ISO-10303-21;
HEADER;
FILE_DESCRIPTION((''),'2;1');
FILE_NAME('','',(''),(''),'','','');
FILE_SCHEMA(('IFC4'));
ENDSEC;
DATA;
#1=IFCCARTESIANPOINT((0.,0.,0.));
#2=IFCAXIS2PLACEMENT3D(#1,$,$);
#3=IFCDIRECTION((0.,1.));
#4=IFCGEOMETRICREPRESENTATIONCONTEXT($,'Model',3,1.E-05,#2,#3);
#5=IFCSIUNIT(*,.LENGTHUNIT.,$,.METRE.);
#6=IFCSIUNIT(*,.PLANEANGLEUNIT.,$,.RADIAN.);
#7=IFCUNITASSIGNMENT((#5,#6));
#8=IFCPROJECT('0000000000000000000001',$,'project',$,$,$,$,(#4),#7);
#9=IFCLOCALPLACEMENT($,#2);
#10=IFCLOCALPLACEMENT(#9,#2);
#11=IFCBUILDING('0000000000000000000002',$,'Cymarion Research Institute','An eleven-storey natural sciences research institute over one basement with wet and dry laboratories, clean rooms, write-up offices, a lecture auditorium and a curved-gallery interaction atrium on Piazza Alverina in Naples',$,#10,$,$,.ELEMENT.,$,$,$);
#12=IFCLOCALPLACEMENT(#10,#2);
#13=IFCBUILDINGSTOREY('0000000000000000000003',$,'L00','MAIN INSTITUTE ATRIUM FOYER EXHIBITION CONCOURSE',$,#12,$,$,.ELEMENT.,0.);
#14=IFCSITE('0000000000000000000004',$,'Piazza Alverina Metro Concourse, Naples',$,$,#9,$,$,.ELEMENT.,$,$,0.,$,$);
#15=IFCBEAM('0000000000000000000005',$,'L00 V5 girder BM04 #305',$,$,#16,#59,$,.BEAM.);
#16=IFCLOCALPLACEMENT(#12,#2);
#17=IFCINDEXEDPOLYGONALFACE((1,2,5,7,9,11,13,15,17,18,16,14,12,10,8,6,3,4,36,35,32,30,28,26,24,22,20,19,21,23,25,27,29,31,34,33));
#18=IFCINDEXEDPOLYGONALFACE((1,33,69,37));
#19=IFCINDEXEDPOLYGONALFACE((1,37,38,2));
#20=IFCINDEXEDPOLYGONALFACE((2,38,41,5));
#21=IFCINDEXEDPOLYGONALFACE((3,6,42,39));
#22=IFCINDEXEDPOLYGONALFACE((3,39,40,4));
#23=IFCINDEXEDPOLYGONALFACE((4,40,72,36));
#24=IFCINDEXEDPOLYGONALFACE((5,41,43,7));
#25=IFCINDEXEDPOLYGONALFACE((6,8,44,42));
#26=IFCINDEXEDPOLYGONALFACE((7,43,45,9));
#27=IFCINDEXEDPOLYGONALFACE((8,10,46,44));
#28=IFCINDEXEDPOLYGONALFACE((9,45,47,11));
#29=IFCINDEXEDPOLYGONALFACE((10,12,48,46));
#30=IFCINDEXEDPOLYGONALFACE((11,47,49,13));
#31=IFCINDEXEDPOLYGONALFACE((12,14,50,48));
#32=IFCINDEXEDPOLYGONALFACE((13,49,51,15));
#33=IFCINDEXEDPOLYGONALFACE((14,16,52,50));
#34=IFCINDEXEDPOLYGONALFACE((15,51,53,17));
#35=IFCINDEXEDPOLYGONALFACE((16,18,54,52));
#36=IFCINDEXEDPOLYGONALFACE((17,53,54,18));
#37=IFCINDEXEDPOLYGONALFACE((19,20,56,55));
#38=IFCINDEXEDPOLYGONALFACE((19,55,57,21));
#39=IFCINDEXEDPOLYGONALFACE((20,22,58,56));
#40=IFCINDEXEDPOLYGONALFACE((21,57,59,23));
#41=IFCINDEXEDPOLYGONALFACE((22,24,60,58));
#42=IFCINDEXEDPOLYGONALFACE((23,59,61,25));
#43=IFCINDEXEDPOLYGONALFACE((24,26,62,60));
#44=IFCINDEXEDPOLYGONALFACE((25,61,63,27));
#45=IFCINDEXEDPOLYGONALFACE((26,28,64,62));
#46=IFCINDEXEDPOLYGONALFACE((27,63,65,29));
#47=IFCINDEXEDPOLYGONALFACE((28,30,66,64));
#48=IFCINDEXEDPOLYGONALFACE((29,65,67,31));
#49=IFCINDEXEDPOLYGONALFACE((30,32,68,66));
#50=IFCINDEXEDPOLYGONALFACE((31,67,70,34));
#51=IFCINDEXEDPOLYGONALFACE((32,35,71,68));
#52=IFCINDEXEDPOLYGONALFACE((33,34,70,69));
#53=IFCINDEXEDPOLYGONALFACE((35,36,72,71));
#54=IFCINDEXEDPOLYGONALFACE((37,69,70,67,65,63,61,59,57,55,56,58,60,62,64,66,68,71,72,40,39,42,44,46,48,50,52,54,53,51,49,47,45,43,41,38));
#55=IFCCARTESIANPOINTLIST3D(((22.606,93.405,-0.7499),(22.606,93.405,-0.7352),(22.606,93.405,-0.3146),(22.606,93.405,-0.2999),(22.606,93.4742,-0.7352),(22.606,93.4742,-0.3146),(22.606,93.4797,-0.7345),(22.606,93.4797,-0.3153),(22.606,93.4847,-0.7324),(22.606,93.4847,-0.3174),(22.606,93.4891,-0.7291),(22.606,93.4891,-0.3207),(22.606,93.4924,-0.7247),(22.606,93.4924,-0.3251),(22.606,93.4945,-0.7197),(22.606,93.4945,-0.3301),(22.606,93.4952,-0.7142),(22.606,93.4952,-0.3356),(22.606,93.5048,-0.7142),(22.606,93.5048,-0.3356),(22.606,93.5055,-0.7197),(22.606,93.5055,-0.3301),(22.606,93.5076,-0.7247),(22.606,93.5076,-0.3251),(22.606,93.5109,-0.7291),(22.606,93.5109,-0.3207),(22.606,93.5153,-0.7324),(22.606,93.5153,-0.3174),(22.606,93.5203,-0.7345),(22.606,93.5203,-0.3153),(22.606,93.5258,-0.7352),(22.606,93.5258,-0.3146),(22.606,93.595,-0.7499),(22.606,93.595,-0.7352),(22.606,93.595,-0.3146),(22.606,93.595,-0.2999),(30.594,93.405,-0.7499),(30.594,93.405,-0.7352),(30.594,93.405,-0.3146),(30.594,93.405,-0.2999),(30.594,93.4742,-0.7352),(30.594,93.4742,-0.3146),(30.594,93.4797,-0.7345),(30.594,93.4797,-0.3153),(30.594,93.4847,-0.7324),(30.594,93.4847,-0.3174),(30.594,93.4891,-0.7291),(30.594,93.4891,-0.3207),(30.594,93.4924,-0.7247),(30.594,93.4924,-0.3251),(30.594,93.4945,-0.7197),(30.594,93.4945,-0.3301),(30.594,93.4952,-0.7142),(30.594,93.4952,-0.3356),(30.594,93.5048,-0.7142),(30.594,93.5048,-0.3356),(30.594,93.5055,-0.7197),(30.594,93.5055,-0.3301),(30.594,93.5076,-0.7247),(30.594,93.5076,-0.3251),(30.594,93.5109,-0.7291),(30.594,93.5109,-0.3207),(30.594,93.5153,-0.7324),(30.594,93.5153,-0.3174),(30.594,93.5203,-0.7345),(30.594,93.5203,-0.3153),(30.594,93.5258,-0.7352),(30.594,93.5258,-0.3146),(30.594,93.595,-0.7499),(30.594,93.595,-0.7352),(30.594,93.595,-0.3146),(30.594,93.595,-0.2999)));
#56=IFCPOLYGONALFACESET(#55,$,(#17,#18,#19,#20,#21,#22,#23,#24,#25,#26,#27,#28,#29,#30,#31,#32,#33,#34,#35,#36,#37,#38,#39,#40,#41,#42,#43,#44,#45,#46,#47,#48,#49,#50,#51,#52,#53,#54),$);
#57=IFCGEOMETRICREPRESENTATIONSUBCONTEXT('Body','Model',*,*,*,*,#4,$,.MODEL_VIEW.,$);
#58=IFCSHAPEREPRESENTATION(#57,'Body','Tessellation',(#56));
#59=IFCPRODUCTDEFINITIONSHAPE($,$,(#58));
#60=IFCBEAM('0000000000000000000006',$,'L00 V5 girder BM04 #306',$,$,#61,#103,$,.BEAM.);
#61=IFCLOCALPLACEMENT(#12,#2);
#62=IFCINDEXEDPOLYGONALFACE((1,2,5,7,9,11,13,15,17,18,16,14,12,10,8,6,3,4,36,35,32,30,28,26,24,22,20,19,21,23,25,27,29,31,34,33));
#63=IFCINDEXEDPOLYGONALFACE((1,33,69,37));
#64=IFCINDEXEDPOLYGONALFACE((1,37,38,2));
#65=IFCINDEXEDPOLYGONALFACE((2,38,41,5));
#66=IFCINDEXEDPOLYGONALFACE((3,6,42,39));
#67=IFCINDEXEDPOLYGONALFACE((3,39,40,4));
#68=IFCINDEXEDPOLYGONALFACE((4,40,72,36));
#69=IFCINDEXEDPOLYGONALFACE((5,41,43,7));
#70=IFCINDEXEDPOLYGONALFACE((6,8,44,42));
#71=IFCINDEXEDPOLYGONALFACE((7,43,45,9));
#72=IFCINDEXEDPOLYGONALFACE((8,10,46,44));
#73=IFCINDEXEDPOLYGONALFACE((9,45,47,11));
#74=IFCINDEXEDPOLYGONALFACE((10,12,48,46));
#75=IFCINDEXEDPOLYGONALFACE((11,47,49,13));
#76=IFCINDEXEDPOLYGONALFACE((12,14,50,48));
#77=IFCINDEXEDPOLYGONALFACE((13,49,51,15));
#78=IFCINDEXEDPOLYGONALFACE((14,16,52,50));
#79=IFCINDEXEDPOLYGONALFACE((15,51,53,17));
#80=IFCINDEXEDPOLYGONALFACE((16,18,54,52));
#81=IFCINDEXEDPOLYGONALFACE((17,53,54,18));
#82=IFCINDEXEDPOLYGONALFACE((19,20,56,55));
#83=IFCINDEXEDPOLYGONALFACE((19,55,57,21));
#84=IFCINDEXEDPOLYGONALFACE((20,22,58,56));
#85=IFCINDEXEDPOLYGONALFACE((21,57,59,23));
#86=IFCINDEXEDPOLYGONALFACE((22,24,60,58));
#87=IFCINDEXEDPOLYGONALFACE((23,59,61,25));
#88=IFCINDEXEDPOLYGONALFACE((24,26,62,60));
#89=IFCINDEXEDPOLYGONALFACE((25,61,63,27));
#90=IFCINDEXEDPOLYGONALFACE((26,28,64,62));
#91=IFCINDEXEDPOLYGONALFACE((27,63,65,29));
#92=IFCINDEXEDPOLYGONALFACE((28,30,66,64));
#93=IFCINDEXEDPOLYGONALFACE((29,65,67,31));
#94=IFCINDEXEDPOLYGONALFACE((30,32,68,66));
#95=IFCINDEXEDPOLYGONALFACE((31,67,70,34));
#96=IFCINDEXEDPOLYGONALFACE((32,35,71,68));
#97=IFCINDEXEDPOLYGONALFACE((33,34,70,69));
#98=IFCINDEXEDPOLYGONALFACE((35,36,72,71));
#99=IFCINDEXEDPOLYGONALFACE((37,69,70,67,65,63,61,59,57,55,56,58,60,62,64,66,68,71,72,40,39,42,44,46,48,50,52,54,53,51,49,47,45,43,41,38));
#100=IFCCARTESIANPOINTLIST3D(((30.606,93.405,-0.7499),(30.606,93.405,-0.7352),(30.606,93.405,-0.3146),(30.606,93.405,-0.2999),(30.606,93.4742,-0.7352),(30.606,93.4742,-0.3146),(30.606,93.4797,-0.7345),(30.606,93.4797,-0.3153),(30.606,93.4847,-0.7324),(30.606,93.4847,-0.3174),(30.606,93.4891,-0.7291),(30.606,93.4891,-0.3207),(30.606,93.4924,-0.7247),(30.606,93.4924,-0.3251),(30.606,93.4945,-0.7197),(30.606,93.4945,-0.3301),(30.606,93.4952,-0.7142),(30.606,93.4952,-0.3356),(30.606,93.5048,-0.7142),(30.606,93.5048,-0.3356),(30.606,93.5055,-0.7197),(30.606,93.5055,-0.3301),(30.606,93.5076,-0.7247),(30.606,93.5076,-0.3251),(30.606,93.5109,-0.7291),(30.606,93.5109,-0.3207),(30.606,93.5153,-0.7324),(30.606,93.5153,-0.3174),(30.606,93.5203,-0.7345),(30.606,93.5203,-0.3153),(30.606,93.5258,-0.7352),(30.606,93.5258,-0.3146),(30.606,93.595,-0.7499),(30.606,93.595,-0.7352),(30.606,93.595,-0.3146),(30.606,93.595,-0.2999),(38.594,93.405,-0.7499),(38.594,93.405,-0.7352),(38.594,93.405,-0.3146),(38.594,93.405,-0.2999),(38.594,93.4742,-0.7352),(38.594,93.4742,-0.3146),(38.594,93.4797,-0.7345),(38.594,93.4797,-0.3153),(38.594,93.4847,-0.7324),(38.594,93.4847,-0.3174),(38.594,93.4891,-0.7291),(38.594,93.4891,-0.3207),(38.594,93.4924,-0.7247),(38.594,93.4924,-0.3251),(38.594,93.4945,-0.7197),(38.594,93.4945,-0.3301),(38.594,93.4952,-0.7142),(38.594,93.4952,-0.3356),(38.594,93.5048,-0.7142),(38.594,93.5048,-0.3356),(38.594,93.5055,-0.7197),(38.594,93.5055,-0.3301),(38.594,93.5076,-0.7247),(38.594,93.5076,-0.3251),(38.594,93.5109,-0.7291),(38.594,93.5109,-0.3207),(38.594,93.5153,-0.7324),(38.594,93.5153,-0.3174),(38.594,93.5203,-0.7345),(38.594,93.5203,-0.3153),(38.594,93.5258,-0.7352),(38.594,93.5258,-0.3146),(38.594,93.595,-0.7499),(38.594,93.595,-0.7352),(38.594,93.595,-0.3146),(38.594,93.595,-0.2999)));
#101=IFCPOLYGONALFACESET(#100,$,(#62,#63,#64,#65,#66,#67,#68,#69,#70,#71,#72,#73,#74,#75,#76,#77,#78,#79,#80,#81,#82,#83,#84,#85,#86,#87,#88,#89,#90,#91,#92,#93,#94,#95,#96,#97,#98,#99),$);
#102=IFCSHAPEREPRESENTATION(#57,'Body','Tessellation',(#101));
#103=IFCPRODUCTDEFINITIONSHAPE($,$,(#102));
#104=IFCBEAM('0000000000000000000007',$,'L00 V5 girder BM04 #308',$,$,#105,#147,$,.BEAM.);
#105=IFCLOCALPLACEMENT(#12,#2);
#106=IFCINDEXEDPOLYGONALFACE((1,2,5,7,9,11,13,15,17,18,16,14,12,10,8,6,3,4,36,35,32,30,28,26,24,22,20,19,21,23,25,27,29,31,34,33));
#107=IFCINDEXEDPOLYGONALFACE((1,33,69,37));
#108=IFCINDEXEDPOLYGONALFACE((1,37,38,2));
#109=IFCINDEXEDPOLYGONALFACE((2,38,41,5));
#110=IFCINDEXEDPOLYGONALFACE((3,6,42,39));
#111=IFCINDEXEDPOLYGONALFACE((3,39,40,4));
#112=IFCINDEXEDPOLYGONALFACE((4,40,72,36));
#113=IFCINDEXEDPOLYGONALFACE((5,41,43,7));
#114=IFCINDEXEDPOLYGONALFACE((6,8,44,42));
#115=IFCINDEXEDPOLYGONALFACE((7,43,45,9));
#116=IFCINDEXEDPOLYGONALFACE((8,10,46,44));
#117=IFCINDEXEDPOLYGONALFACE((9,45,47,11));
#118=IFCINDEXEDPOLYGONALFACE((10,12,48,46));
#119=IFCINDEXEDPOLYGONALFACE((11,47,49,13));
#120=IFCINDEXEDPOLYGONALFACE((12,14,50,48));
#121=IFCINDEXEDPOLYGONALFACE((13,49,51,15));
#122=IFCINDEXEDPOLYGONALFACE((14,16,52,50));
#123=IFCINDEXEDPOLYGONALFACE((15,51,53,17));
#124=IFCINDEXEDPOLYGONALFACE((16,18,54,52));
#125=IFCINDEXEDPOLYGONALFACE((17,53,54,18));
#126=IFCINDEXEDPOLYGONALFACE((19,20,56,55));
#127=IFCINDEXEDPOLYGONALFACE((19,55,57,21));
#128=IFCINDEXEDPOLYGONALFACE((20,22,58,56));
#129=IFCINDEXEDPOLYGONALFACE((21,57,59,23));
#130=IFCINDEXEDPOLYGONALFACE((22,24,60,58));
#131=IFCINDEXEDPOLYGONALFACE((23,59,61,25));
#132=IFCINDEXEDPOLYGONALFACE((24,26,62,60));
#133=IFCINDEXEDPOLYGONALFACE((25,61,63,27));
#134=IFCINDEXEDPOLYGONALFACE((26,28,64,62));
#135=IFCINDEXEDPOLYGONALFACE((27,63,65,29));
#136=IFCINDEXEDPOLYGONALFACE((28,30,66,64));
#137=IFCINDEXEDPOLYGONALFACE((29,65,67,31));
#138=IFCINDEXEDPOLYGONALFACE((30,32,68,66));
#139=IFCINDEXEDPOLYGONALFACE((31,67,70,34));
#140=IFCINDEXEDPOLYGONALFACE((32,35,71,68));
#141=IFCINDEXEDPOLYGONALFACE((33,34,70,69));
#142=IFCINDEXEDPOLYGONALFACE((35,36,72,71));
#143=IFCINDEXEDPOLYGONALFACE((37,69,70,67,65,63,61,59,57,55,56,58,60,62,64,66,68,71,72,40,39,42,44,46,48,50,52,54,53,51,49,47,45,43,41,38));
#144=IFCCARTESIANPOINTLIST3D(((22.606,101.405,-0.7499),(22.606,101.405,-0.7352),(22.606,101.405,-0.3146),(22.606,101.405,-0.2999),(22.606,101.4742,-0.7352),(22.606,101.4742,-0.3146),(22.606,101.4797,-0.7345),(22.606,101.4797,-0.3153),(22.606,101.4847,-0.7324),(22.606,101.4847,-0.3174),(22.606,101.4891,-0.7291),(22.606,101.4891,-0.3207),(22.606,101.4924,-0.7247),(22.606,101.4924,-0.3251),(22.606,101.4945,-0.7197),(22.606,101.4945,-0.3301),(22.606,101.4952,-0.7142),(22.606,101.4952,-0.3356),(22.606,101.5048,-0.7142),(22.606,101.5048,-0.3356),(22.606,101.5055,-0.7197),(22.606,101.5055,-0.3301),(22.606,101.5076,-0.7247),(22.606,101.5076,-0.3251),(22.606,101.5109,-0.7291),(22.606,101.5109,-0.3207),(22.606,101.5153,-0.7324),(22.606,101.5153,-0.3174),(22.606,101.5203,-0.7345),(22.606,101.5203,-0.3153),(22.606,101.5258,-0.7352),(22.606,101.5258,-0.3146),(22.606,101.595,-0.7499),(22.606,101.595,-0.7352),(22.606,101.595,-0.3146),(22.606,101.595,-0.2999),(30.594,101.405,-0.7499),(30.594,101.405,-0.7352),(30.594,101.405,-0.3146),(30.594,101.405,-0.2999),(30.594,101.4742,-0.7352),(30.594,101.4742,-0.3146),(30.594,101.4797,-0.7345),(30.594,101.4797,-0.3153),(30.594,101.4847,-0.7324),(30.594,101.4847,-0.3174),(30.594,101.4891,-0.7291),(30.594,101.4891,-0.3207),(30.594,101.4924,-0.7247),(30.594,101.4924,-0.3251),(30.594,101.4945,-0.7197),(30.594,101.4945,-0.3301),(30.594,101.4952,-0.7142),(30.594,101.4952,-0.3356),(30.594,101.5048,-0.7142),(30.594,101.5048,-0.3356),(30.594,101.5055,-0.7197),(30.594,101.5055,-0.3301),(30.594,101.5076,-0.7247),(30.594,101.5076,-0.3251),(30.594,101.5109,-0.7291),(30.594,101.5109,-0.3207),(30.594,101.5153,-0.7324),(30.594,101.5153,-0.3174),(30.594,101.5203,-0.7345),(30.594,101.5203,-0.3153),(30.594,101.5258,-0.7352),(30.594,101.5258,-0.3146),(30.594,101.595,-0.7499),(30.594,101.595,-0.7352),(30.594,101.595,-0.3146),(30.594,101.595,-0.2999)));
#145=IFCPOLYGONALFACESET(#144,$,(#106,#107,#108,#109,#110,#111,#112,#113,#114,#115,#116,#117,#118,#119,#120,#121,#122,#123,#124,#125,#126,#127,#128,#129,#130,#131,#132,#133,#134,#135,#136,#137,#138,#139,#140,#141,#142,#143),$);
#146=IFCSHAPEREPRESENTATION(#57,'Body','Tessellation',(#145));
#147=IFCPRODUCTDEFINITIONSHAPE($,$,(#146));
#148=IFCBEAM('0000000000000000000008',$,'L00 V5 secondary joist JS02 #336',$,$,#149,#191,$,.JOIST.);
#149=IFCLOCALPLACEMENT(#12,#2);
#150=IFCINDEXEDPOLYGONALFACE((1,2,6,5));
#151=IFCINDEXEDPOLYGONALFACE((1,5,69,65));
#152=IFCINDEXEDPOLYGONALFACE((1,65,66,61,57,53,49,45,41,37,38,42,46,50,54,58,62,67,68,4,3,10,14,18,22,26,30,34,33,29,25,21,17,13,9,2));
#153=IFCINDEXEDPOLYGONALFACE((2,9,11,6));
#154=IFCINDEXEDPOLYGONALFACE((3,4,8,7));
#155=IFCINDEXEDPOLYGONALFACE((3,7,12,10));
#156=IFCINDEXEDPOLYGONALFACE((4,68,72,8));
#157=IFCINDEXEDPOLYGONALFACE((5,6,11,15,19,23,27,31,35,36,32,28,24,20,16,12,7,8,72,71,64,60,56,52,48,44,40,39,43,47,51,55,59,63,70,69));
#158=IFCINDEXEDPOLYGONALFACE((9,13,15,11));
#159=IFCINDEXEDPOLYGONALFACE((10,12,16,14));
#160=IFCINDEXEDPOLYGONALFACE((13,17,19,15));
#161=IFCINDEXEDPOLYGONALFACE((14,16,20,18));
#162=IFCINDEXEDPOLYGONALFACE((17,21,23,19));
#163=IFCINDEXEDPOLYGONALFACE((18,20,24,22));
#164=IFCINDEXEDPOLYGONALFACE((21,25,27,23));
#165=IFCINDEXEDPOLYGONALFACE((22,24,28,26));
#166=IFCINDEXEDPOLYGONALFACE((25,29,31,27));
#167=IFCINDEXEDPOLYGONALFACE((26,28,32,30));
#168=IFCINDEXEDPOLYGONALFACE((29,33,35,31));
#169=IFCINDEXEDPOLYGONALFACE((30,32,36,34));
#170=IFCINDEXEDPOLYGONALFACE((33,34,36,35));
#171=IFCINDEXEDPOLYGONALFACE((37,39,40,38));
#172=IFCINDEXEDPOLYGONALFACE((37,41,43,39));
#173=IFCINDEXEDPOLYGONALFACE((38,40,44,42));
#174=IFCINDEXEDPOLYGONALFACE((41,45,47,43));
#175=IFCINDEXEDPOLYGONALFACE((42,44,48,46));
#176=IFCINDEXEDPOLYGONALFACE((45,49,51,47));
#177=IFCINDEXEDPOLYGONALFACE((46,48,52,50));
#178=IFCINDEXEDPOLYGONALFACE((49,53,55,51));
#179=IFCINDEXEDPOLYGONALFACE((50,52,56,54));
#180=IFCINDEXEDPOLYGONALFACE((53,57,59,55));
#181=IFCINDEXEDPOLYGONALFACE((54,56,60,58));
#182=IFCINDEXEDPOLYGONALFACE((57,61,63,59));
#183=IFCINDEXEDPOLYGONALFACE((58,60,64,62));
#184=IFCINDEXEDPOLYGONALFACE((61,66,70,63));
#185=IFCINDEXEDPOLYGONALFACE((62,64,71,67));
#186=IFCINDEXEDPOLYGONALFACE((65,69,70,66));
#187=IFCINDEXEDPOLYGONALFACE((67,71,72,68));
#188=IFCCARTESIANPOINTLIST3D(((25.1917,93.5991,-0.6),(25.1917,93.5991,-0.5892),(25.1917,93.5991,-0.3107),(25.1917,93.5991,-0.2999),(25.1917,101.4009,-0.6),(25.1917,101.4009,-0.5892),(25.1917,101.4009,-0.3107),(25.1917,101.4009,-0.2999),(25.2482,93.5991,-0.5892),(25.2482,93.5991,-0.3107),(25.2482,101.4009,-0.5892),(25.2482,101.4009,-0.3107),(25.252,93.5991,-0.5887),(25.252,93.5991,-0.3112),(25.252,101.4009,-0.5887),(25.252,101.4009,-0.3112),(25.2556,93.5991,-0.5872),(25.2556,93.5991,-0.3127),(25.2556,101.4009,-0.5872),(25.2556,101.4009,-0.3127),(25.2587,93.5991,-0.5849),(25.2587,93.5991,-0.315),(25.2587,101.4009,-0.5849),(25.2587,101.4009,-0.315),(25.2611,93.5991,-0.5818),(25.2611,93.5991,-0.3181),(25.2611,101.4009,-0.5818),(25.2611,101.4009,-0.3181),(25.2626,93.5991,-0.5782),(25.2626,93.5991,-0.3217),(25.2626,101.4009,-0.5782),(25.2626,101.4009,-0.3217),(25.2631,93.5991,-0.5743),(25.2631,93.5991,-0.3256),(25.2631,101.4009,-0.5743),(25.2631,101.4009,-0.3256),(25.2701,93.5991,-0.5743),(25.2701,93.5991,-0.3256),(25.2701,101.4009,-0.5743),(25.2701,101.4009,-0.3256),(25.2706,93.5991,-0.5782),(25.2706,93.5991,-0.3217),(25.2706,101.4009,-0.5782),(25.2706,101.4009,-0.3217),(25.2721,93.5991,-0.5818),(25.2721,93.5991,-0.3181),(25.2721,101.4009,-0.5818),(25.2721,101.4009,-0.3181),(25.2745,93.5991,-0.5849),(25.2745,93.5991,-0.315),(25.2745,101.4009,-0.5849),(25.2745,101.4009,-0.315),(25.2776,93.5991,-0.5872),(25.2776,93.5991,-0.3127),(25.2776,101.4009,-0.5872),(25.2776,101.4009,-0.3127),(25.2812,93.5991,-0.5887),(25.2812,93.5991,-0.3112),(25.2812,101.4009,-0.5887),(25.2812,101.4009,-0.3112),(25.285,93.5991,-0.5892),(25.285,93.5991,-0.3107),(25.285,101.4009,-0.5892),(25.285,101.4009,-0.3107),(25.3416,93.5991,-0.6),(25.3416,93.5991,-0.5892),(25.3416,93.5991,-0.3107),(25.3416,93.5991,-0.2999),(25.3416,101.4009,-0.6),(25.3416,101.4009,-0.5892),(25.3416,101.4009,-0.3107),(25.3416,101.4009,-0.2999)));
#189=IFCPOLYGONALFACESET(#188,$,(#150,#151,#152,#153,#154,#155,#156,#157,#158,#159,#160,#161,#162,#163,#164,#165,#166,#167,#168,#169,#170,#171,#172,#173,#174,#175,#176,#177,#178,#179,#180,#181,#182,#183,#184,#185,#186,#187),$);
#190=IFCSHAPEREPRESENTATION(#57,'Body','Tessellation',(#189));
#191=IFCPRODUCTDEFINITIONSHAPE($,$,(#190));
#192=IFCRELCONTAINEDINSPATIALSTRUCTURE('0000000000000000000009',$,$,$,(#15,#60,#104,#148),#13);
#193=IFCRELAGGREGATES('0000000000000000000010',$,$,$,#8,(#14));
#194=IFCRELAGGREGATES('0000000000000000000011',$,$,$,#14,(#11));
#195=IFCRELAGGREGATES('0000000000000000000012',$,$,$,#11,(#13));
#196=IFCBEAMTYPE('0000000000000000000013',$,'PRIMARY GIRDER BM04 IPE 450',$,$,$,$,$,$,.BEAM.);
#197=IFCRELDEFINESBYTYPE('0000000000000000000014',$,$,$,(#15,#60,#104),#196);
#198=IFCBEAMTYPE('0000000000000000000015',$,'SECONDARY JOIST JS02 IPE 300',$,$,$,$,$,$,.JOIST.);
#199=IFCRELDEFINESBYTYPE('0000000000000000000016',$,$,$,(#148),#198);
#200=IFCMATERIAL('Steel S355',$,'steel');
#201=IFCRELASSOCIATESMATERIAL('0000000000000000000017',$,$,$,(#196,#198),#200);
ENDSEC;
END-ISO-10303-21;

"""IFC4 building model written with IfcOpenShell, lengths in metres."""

from ifc_helpers import new_model, si_unit, direction, frame, origin, origin_2d, place, context, subcontext, project, spatial, i_section, extrude, material, material_profile, profile_set, type_object, element, save


model = new_model("IFC4")

# Units and contexts
model_context = context("Model", 3, precision=1e-05, world=origin(), true_north=direction((0.0, 1.0)))
body_context = subcontext(model_context, "Body", "Model", "MODEL_VIEW")
ifc_project = project(units=[si_unit("LENGTHUNIT", "METRE"), si_unit("PLANEANGLEUNIT", "RADIAN")], contexts=[model_context])

# Site, building, storey
site_placement = place(None, origin())
site = spatial("IfcSite", under=ifc_project, at=site_placement, Name="Piazza Alverina Metro Concourse, Naples", CompositionType="ELEMENT", RefElevation=0.0)
building_placement = place(site_placement, origin())
building = spatial("IfcBuilding", under=site, at=building_placement, Name="Cymarion Research Institute", Description="An eleven-storey natural sciences research institute over one basement with wet and dry laboratories, clean rooms, write-up offices, a lecture auditorium and a curved-gallery interaction atrium on Piazza Alverina in Naples", CompositionType="ELEMENT")
storey_placement = place(building_placement, origin())
storey = spatial("IfcBuildingStorey", under=building, at=storey_placement, Name="L00", Description="MAIN INSTITUTE ATRIUM FOYER EXHIBITION CONCOURSE", CompositionType="ELEMENT", Elevation=0.0)

# Shared definitions
ifc_material_1 = material(Name="Steel S355", Category="steel")

# Beams
ifc_material_profile_1 = material_profile(ifc_material_1, i_section(OverallWidth=0.1899, OverallDepth=0.45, WebThickness=0.0095, FlangeThickness=0.0146, FilletRadius=0.021, at=origin_2d()), Name="IPE 450")
ifc_profile_set_1 = profile_set([ifc_material_profile_1], Name="Steel S355")
beam_type_1 = type_object("IfcBeamType", Name="PRIMARY GIRDER BM04 IPE 450", PredefinedType="BEAM", material=ifc_profile_set_1)
for number, where, z_axis, x_axis, name in (
    (1, (22.606, 93.5, -0.5249), (1.0, 0.0, 0.0), (0.0, 1.0, 0.0), "L00 V5 girder BM04 #305"),
    (2, (30.606, 93.5, -0.5249), (1.0, 0.0, 0.0), (0.0, 1.0, 0.0), "L00 V5 girder BM04 #306"),
    (3, (22.606, 101.5, -0.5249), (1.0, 0.0, 0.0), (0.0, 1.0, 0.0), "L00 V5 girder BM04 #308"),
):
    element("IfcBeam", number, at=place(storey_placement, frame(where, z_axis=z_axis, x_axis=x_axis)), inside=storey, type_object=beam_type_1, Name=name, PredefinedType="BEAM", context=body_context, shape_type="SweptSolid", body=[
        extrude(i_section(OverallWidth=0.1899, OverallDepth=0.45, WebThickness=0.0095, FlangeThickness=0.0146, FilletRadius=0.021, at=origin_2d()), origin(), (0.0, 0.0, 1.0), 7.988),
    ])
ifc_material_profile_2 = material_profile(ifc_material_1, i_section(OverallWidth=0.1499, OverallDepth=0.3, WebThickness=0.0071, FlangeThickness=0.0107, FilletRadius=0.0149, at=origin_2d()), Name="IPE 300")
ifc_profile_set_2 = profile_set([ifc_material_profile_2], Name="Steel S355")
beam_type_2 = type_object("IfcBeamType", Name="SECONDARY JOIST JS02 IPE 300", PredefinedType="JOIST", material=ifc_profile_set_2)
for number, where, z_axis, x_axis, name in (
    (4, (25.2666, 93.5991, -0.45), (0.0, 1.0, 0.0), (-1.0, 0.0, 0.0), "L00 V5 secondary joist JS02 #336"),
):
    element("IfcBeam", number, at=place(storey_placement, frame(where, z_axis=z_axis, x_axis=x_axis)), inside=storey, type_object=beam_type_2, Name=name, PredefinedType="JOIST", context=body_context, shape_type="SweptSolid", body=[
        extrude(i_section(OverallWidth=0.1499, OverallDepth=0.3, WebThickness=0.0071, FlangeThickness=0.0107, FilletRadius=0.0149, at=origin_2d()), origin(), (0.0, 0.0, 1.0), 7.8018),
    ])

save(model, "model.ifc")
